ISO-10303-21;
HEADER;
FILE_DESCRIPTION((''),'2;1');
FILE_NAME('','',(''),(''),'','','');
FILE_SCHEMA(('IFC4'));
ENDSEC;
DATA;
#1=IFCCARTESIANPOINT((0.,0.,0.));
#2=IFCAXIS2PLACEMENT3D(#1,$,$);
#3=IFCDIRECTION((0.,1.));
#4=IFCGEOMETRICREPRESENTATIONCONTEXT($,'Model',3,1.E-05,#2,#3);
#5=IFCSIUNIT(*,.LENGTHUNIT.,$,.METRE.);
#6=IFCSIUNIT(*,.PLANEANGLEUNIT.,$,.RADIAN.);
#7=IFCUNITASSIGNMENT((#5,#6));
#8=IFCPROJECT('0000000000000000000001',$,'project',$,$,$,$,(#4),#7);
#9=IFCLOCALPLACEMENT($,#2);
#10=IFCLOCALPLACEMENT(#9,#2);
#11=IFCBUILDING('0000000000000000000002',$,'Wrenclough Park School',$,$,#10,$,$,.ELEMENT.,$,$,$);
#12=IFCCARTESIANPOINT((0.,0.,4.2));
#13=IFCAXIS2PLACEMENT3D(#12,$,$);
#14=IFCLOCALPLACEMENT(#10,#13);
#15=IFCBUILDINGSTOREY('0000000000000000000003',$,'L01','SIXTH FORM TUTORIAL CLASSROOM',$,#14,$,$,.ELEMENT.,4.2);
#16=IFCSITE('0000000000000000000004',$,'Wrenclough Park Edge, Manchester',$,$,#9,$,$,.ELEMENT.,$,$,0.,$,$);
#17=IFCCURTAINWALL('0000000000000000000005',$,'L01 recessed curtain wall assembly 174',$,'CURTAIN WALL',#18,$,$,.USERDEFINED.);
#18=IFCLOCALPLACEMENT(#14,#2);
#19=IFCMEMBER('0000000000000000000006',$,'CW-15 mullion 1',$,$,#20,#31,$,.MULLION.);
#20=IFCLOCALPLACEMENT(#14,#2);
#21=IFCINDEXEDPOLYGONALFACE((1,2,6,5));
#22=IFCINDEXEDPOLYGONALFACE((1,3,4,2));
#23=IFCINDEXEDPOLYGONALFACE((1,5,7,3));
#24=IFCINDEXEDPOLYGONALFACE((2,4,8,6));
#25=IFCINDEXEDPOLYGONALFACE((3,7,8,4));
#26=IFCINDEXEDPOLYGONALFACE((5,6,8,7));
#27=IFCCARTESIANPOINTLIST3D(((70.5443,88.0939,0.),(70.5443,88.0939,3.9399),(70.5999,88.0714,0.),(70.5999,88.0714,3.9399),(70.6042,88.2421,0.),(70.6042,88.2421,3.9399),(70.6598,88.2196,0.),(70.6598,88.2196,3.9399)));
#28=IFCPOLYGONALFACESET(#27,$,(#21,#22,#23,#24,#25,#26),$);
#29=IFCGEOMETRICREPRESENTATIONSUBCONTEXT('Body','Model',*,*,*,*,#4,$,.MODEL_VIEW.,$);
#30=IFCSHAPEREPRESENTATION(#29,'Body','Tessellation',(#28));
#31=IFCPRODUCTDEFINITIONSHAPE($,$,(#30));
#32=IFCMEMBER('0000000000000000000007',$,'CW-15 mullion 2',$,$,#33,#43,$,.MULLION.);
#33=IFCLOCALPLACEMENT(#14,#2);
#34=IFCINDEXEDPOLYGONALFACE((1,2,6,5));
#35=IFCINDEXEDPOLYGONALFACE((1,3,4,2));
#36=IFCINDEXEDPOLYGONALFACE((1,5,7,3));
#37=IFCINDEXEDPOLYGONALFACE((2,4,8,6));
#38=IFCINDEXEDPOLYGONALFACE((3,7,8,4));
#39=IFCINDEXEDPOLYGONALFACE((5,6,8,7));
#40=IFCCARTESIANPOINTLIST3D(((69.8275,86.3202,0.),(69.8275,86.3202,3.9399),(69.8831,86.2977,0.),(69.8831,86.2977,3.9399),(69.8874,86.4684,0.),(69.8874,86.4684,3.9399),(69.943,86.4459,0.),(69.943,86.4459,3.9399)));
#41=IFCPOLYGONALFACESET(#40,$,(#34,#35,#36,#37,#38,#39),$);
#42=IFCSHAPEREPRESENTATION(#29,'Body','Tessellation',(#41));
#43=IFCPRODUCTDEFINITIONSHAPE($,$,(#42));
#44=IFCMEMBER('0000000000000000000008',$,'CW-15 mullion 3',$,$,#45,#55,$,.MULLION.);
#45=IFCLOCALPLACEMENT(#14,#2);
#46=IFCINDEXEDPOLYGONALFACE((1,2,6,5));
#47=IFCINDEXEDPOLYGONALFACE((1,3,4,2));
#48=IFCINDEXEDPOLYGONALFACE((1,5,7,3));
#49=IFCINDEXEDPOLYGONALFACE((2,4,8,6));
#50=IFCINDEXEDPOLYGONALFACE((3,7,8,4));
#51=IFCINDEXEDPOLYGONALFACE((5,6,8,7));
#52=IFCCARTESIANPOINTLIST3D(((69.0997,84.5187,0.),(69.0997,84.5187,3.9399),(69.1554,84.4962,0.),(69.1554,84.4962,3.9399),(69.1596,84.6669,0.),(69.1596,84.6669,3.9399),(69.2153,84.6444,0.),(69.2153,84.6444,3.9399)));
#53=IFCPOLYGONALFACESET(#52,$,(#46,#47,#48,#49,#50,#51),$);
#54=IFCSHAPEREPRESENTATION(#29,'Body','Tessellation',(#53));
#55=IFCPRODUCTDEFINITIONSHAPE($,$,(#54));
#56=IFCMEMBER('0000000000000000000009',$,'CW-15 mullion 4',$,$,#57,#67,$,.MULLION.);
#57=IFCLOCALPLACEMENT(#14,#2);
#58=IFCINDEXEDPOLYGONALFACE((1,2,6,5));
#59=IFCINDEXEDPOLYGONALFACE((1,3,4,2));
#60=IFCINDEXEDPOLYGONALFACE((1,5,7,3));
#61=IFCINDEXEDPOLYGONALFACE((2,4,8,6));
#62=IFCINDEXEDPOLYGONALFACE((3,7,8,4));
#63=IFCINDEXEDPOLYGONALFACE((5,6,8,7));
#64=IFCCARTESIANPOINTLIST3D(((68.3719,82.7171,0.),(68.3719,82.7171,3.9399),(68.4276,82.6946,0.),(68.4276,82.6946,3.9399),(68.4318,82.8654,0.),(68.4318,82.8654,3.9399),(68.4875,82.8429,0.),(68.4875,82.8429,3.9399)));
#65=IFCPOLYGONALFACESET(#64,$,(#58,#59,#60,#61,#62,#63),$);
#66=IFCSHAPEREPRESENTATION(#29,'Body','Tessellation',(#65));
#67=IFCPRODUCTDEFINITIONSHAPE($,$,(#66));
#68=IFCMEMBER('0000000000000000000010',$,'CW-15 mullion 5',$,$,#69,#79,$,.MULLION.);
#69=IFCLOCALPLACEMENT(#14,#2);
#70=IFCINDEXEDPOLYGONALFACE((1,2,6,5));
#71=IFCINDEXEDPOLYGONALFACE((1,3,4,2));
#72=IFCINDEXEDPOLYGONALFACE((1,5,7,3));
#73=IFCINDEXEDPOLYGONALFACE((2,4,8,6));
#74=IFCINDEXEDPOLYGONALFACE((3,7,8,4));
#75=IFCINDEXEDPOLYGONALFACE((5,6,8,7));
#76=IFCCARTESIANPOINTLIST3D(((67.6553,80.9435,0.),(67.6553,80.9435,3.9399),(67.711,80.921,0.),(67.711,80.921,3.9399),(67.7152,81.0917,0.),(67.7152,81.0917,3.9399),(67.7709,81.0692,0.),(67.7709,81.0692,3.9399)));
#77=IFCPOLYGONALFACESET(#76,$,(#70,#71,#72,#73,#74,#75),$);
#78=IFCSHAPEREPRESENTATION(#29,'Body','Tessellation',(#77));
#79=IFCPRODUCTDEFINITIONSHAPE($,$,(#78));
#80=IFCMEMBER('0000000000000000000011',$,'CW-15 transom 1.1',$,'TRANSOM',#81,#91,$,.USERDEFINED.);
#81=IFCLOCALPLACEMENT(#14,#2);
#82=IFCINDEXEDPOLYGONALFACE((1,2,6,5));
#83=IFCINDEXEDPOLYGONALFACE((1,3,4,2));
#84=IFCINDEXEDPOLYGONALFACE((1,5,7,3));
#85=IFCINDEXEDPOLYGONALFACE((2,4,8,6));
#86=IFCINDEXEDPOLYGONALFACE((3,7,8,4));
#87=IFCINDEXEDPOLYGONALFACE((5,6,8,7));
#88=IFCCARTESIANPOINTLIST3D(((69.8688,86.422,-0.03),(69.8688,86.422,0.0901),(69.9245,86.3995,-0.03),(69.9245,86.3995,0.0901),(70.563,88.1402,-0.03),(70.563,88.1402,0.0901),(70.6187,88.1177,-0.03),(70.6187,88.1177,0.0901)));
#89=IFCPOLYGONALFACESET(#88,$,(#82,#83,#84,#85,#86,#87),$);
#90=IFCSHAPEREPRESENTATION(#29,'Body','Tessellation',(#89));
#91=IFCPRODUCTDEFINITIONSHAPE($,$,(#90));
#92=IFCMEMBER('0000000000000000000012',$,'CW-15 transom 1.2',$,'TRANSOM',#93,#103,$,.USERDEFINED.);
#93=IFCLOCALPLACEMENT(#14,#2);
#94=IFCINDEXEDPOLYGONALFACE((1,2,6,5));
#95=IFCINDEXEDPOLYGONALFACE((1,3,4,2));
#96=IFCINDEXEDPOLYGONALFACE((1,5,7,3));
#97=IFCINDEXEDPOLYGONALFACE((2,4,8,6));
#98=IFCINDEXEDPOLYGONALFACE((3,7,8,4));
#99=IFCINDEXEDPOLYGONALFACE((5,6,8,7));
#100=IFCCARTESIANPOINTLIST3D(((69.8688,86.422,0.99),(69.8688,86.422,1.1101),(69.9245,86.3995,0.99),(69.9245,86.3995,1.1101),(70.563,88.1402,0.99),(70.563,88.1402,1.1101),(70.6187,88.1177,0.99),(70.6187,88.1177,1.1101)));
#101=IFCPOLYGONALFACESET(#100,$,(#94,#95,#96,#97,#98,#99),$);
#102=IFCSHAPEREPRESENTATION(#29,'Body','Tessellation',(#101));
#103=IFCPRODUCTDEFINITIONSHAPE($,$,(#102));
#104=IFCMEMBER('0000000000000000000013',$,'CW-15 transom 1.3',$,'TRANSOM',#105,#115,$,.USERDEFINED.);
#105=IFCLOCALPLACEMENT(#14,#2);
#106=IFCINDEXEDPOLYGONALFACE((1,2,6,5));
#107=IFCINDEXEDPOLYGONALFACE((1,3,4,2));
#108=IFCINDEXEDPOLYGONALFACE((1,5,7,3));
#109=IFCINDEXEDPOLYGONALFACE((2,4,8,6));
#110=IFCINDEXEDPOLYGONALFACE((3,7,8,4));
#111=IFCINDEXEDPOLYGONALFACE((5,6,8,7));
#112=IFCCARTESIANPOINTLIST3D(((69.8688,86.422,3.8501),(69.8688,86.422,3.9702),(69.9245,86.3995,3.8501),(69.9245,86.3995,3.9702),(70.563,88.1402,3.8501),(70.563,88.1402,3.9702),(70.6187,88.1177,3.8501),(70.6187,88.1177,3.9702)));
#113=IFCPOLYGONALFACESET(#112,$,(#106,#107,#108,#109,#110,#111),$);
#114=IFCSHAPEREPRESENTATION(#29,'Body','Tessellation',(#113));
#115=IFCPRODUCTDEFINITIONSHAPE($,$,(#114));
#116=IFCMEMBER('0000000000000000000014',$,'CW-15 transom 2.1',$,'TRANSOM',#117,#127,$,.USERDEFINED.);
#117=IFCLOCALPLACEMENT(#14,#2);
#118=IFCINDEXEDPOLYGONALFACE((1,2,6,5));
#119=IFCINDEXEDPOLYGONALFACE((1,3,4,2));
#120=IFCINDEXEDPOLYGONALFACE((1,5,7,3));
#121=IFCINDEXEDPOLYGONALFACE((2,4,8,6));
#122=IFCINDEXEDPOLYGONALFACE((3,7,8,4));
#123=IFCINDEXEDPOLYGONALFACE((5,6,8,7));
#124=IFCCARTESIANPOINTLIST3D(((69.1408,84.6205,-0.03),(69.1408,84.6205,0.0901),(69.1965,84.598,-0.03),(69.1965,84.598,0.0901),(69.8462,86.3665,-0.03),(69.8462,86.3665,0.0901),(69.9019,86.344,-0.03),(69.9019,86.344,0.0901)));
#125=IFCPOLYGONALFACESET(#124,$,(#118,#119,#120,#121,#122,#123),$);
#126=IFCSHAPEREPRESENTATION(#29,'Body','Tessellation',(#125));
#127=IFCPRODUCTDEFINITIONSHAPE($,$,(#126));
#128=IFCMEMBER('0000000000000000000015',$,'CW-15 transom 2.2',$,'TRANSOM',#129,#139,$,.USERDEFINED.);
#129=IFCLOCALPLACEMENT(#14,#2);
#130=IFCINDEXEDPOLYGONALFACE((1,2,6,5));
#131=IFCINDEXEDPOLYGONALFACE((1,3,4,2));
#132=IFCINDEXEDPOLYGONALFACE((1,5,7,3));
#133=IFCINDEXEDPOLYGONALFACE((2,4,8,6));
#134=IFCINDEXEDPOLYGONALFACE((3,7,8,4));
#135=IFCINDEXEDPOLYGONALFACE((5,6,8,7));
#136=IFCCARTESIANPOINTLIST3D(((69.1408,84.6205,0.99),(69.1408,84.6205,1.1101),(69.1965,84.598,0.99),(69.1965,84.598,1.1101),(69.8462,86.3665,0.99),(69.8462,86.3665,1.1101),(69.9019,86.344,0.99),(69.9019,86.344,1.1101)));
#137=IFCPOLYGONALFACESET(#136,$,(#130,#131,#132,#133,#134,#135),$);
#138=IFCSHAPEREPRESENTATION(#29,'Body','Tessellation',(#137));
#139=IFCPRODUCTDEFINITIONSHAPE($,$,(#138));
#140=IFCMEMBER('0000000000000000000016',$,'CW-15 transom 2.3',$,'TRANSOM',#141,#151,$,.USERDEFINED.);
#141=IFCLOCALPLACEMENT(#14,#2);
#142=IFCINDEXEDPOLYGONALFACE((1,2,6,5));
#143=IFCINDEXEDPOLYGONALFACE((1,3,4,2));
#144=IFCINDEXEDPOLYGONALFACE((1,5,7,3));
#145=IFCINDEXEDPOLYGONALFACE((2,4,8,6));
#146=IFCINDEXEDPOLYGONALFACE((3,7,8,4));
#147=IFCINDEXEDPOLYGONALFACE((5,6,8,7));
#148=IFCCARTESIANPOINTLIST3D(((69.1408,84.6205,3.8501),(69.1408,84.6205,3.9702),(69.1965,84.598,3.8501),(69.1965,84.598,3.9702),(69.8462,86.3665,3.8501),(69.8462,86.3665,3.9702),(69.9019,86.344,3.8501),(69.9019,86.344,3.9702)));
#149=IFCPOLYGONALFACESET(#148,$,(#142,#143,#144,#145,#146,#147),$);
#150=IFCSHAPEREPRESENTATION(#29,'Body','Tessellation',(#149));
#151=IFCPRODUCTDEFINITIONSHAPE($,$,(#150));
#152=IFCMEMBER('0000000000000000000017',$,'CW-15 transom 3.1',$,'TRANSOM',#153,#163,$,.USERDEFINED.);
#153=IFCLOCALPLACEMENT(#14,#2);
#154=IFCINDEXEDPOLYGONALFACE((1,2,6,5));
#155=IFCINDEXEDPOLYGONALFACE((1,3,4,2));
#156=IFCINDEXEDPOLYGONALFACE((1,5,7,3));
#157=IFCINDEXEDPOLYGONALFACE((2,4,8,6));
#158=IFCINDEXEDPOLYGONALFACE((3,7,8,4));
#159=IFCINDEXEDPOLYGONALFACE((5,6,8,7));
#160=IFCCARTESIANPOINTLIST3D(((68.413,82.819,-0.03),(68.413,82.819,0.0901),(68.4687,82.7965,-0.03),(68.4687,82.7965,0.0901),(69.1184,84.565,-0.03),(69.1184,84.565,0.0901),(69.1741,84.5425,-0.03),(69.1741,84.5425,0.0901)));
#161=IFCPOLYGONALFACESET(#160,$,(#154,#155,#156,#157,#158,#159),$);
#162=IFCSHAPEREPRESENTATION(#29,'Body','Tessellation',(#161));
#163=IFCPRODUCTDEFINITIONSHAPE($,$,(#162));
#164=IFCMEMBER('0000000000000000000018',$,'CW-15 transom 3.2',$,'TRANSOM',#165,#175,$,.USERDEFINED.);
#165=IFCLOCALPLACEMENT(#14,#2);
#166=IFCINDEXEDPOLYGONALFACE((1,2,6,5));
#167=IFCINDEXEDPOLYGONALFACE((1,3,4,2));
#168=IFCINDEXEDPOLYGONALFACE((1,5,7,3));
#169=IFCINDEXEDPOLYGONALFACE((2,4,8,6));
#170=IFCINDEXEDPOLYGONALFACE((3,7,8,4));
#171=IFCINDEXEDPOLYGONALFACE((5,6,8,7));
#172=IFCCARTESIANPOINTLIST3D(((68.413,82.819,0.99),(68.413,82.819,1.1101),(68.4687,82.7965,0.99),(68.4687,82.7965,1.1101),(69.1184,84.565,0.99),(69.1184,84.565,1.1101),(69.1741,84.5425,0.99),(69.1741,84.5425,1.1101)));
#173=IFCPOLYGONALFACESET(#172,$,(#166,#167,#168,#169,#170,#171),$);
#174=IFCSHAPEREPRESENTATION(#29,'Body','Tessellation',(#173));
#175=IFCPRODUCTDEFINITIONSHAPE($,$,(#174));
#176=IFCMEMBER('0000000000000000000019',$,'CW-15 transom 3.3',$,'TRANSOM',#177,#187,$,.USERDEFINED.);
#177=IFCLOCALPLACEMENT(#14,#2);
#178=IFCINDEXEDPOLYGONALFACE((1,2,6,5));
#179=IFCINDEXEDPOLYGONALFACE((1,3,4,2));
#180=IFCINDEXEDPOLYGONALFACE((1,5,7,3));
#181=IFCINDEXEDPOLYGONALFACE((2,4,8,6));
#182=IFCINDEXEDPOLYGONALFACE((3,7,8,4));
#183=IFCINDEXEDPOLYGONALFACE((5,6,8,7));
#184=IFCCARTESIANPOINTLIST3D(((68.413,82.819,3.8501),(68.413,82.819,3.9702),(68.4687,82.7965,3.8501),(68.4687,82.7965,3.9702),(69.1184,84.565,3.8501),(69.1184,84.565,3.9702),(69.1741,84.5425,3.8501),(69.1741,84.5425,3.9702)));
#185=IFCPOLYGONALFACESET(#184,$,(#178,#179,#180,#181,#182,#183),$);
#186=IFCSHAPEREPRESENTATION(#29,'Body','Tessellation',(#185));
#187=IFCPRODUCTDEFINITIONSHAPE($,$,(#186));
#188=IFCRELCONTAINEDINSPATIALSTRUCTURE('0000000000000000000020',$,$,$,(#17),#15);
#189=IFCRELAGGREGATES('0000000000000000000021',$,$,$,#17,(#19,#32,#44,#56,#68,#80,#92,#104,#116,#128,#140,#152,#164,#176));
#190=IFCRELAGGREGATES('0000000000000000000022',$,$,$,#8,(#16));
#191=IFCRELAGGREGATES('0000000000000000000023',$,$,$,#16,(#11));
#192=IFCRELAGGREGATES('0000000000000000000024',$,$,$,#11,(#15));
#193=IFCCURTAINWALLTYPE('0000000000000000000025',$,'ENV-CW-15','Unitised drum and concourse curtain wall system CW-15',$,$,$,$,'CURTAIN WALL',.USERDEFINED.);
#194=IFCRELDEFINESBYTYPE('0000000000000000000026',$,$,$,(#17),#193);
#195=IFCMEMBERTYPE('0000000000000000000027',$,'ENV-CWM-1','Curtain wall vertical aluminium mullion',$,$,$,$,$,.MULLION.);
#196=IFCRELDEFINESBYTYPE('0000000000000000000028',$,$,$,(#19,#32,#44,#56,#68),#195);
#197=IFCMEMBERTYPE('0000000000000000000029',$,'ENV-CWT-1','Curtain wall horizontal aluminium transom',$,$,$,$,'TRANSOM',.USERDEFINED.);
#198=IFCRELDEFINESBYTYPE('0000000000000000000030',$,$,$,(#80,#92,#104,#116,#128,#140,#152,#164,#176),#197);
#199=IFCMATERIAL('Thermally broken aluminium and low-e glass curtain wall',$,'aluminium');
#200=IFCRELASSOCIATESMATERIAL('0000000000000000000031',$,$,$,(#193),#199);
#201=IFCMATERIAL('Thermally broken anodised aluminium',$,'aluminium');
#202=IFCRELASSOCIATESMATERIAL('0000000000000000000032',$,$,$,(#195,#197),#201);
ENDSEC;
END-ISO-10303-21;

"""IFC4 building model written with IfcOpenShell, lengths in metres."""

from ifc_helpers import new_model, si_unit, direction, frame, origin, origin_2d, place, context, subcontext, project, spatial, rectangle, extrude, material, material_profile, profile_set, type_object, element, aggregate, save


model = new_model("IFC4")

# Units and contexts
model_context = context("Model", 3, precision=1e-05, world=origin(), true_north=direction((0.0, 1.0)))
body_context = subcontext(model_context, "Body", "Model", "MODEL_VIEW")
ifc_project = project(units=[si_unit("LENGTHUNIT", "METRE"), si_unit("PLANEANGLEUNIT", "RADIAN")], contexts=[model_context])

# Site, building, storey
site_placement = place(None, origin())
site = spatial("IfcSite", under=ifc_project, at=site_placement, Name="Wrenclough Park Edge, Manchester", CompositionType="ELEMENT", RefElevation=0.0)
building_placement = place(site_placement, origin())
building = spatial("IfcBuilding", under=site, at=building_placement, Name="Wrenclough Park School", CompositionType="ELEMENT")
storey_placement = place(building_placement, frame((0.0, 0.0, 4.2)))
storey = spatial("IfcBuildingStorey", under=building, at=storey_placement, Name="L01", Description="SIXTH FORM TUTORIAL CLASSROOM", CompositionType="ELEMENT", Elevation=4.2)

# Curtain wall, members
ifc_material_1 = material(Name="Thermally broken aluminium and low-e glass curtain wall", Category="aluminium")
curtain_wall_type = type_object("IfcCurtainWallType", Name="ENV-CW-15", Description="Unitised drum and concourse curtain wall system CW-15", ElementType="CURTAIN WALL", PredefinedType="USERDEFINED", material=ifc_material_1)
curtain_wall_placement = place(storey_placement, origin())
curtain_wall = element("IfcCurtainWall", 1, at=curtain_wall_placement, inside=storey, type_object=curtain_wall_type, Name="L01 recessed curtain wall assembly 174", ObjectType="CURTAIN WALL", PredefinedType="USERDEFINED")
ifc_material_2 = material(Name="Thermally broken anodised aluminium", Category="aluminium")
ifc_material_profile_1 = material_profile(ifc_material_2, rectangle(XDim=0.0601, YDim=0.1599, at=origin_2d()), Name="AL MULLION 60x160")
ifc_profile_set_1 = profile_set([ifc_material_profile_1], Name="Thermally broken anodised aluminium")
member_type_1 = type_object("IfcMemberType", Name="ENV-CWM-1", Description="Curtain wall vertical aluminium mullion", PredefinedType="MULLION", material=ifc_profile_set_1)
member_1_placement = place(storey_placement, frame((70.6021, 88.1567, 0.0), z_axis=(0.0, 0.0, 1.0), x_axis=(0.927191, -0.37459, 0.0)))
member_1 = element("IfcMember", 2, at=member_1_placement, type_object=member_type_1, Name="CW-15 mullion 1", PredefinedType="MULLION", context=body_context, shape_type="SweptSolid", body=[
    extrude(rectangle(XDim=0.0601, YDim=0.1599, at=origin_2d()), origin(), (0.0, 0.0, 1.0), 3.9399),
])
member_2_placement = place(storey_placement, frame((69.8853, 86.3831, 0.0), z_axis=(0.0, 0.0, 1.0), x_axis=(0.927191, -0.37459, 0.0)))
member_2 = element("IfcMember", 3, at=member_2_placement, type_object=member_type_1, Name="CW-15 mullion 2", PredefinedType="MULLION", context=body_context, shape_type="SweptSolid", body=[
    extrude(rectangle(XDim=0.0601, YDim=0.1599, at=origin_2d()), origin(), (0.0, 0.0, 1.0), 3.9399),
])
member_3_placement = place(storey_placement, frame((69.1575, 84.5815, 0.0), z_axis=(0.0, 0.0, 1.0), x_axis=(0.927191, -0.37459, 0.0)))
member_3 = element("IfcMember", 4, at=member_3_placement, type_object=member_type_1, Name="CW-15 mullion 3", PredefinedType="MULLION", context=body_context, shape_type="SweptSolid", body=[
    extrude(rectangle(XDim=0.0601, YDim=0.1599, at=origin_2d()), origin(), (0.0, 0.0, 1.0), 3.9399),
])
member_4_placement = place(storey_placement, frame((68.4297, 82.78, 0.0), z_axis=(0.0, 0.0, 1.0), x_axis=(0.927191, -0.37459, 0.0)))
member_4 = element("IfcMember", 5, at=member_4_placement, type_object=member_type_1, Name="CW-15 mullion 4", PredefinedType="MULLION", context=body_context, shape_type="SweptSolid", body=[
    extrude(rectangle(XDim=0.0601, YDim=0.1599, at=origin_2d()), origin(), (0.0, 0.0, 1.0), 3.9399),
])
member_5_placement = place(storey_placement, frame((67.7131, 81.0063, 0.0), z_axis=(0.0, 0.0, 1.0), x_axis=(0.927191, -0.37459, 0.0)))
member_5 = element("IfcMember", 6, at=member_5_placement, type_object=member_type_1, Name="CW-15 mullion 5", PredefinedType="MULLION", context=body_context, shape_type="SweptSolid", body=[
    extrude(rectangle(XDim=0.0601, YDim=0.1599, at=origin_2d()), origin(), (0.0, 0.0, 1.0), 3.9399),
])
ifc_material_profile_2 = material_profile(ifc_material_2, rectangle(XDim=0.0601, YDim=0.1201, at=origin_2d()), Name="AL TRANSOM 60x120")
ifc_profile_set_2 = profile_set([ifc_material_profile_2], Name="Thermally broken anodised aluminium")
member_type_2 = type_object("IfcMemberType", Name="ENV-CWT-1", Description="Curtain wall horizontal aluminium transom", ElementType="TRANSOM", PredefinedType="USERDEFINED", material=ifc_profile_set_2)
member_6_placement = place(storey_placement, frame((70.5908, 88.1289, 0.03), z_axis=(-0.374592, -0.92719, 0.0), x_axis=(0.92719, -0.374592, 0.0)))
member_6 = element("IfcMember", 7, at=member_6_placement, type_object=member_type_2, Name="CW-15 transom 1.1", ObjectType="TRANSOM", PredefinedType="USERDEFINED", context=body_context, shape_type="SweptSolid", body=[
    extrude(rectangle(XDim=0.0601, YDim=0.1201, at=origin_2d()), origin(), (0.0, 0.0, 1.0), 1.853),
])
member_7_placement = place(storey_placement, frame((70.5908, 88.1289, 1.05), z_axis=(-0.374592, -0.92719, 0.0), x_axis=(0.92719, -0.374592, 0.0)))
member_7 = element("IfcMember", 8, at=member_7_placement, type_object=member_type_2, Name="CW-15 transom 1.2", ObjectType="TRANSOM", PredefinedType="USERDEFINED", context=body_context, shape_type="SweptSolid", body=[
    extrude(rectangle(XDim=0.0601, YDim=0.1201, at=origin_2d()), origin(), (0.0, 0.0, 1.0), 1.853),
])
member_8_placement = place(storey_placement, frame((70.5908, 88.1289, 3.9102), z_axis=(-0.374592, -0.92719, 0.0), x_axis=(0.92719, -0.374592, 0.0)))
member_8 = element("IfcMember", 9, at=member_8_placement, type_object=member_type_2, Name="CW-15 transom 1.3", ObjectType="TRANSOM", PredefinedType="USERDEFINED", context=body_context, shape_type="SweptSolid", body=[
    extrude(rectangle(XDim=0.0601, YDim=0.1201, at=origin_2d()), origin(), (0.0, 0.0, 1.0), 1.853),
])
member_9_placement = place(storey_placement, frame((69.874, 86.3552, 0.03), z_axis=(-0.374585, -0.927192, 0.0), x_axis=(0.927192, -0.374585, 0.0)))
member_9 = element("IfcMember", 10, at=member_9_placement, type_object=member_type_2, Name="CW-15 transom 2.1", ObjectType="TRANSOM", PredefinedType="USERDEFINED", context=body_context, shape_type="SweptSolid", body=[
    extrude(rectangle(XDim=0.0601, YDim=0.1201, at=origin_2d()), origin(), (0.0, 0.0, 1.0), 1.8831),
])
member_10_placement = place(storey_placement, frame((69.874, 86.3552, 1.05), z_axis=(-0.374585, -0.927192, 0.0), x_axis=(0.927192, -0.374585, 0.0)))
member_10 = element("IfcMember", 11, at=member_10_placement, type_object=member_type_2, Name="CW-15 transom 2.2", ObjectType="TRANSOM", PredefinedType="USERDEFINED", context=body_context, shape_type="SweptSolid", body=[
    extrude(rectangle(XDim=0.0601, YDim=0.1201, at=origin_2d()), origin(), (0.0, 0.0, 1.0), 1.8831),
])
member_11_placement = place(storey_placement, frame((69.874, 86.3552, 3.9102), z_axis=(-0.374585, -0.927192, 0.0), x_axis=(0.927192, -0.374585, 0.0)))
member_11 = element("IfcMember", 12, at=member_11_placement, type_object=member_type_2, Name="CW-15 transom 2.3", ObjectType="TRANSOM", PredefinedType="USERDEFINED", context=body_context, shape_type="SweptSolid", body=[
    extrude(rectangle(XDim=0.0601, YDim=0.1201, at=origin_2d()), origin(), (0.0, 0.0, 1.0), 1.8831),
])
member_12_placement = place(storey_placement, frame((69.1462, 84.5537, 0.03), z_axis=(-0.374585, -0.927192, 0.0), x_axis=(0.927192, -0.374585, 0.0)))
member_12 = element("IfcMember", 13, at=member_12_placement, type_object=member_type_2, Name="CW-15 transom 3.1", ObjectType="TRANSOM", PredefinedType="USERDEFINED", context=body_context, shape_type="SweptSolid", body=[
    extrude(rectangle(XDim=0.0601, YDim=0.1201, at=origin_2d()), origin(), (0.0, 0.0, 1.0), 1.8831),
])
member_13_placement = place(storey_placement, frame((69.1462, 84.5537, 1.05), z_axis=(-0.374585, -0.927192, 0.0), x_axis=(0.927192, -0.374585, 0.0)))
member_13 = element("IfcMember", 14, at=member_13_placement, type_object=member_type_2, Name="CW-15 transom 3.2", ObjectType="TRANSOM", PredefinedType="USERDEFINED", context=body_context, shape_type="SweptSolid", body=[
    extrude(rectangle(XDim=0.0601, YDim=0.1201, at=origin_2d()), origin(), (0.0, 0.0, 1.0), 1.8831),
])
member_14_placement = place(storey_placement, frame((69.1462, 84.5537, 3.9102), z_axis=(-0.374585, -0.927192, 0.0), x_axis=(0.927192, -0.374585, 0.0)))
member_14 = element("IfcMember", 15, at=member_14_placement, type_object=member_type_2, Name="CW-15 transom 3.3", ObjectType="TRANSOM", PredefinedType="USERDEFINED", context=body_context, shape_type="SweptSolid", body=[
    extrude(rectangle(XDim=0.0601, YDim=0.1201, at=origin_2d()), origin(), (0.0, 0.0, 1.0), 1.8831),
])
aggregate(curtain_wall, [member_1, member_2, member_3, member_4, member_5, member_6, member_7, member_8, member_9, member_10, member_11, member_12, member_13, member_14])

save(model, "model.ifc")
